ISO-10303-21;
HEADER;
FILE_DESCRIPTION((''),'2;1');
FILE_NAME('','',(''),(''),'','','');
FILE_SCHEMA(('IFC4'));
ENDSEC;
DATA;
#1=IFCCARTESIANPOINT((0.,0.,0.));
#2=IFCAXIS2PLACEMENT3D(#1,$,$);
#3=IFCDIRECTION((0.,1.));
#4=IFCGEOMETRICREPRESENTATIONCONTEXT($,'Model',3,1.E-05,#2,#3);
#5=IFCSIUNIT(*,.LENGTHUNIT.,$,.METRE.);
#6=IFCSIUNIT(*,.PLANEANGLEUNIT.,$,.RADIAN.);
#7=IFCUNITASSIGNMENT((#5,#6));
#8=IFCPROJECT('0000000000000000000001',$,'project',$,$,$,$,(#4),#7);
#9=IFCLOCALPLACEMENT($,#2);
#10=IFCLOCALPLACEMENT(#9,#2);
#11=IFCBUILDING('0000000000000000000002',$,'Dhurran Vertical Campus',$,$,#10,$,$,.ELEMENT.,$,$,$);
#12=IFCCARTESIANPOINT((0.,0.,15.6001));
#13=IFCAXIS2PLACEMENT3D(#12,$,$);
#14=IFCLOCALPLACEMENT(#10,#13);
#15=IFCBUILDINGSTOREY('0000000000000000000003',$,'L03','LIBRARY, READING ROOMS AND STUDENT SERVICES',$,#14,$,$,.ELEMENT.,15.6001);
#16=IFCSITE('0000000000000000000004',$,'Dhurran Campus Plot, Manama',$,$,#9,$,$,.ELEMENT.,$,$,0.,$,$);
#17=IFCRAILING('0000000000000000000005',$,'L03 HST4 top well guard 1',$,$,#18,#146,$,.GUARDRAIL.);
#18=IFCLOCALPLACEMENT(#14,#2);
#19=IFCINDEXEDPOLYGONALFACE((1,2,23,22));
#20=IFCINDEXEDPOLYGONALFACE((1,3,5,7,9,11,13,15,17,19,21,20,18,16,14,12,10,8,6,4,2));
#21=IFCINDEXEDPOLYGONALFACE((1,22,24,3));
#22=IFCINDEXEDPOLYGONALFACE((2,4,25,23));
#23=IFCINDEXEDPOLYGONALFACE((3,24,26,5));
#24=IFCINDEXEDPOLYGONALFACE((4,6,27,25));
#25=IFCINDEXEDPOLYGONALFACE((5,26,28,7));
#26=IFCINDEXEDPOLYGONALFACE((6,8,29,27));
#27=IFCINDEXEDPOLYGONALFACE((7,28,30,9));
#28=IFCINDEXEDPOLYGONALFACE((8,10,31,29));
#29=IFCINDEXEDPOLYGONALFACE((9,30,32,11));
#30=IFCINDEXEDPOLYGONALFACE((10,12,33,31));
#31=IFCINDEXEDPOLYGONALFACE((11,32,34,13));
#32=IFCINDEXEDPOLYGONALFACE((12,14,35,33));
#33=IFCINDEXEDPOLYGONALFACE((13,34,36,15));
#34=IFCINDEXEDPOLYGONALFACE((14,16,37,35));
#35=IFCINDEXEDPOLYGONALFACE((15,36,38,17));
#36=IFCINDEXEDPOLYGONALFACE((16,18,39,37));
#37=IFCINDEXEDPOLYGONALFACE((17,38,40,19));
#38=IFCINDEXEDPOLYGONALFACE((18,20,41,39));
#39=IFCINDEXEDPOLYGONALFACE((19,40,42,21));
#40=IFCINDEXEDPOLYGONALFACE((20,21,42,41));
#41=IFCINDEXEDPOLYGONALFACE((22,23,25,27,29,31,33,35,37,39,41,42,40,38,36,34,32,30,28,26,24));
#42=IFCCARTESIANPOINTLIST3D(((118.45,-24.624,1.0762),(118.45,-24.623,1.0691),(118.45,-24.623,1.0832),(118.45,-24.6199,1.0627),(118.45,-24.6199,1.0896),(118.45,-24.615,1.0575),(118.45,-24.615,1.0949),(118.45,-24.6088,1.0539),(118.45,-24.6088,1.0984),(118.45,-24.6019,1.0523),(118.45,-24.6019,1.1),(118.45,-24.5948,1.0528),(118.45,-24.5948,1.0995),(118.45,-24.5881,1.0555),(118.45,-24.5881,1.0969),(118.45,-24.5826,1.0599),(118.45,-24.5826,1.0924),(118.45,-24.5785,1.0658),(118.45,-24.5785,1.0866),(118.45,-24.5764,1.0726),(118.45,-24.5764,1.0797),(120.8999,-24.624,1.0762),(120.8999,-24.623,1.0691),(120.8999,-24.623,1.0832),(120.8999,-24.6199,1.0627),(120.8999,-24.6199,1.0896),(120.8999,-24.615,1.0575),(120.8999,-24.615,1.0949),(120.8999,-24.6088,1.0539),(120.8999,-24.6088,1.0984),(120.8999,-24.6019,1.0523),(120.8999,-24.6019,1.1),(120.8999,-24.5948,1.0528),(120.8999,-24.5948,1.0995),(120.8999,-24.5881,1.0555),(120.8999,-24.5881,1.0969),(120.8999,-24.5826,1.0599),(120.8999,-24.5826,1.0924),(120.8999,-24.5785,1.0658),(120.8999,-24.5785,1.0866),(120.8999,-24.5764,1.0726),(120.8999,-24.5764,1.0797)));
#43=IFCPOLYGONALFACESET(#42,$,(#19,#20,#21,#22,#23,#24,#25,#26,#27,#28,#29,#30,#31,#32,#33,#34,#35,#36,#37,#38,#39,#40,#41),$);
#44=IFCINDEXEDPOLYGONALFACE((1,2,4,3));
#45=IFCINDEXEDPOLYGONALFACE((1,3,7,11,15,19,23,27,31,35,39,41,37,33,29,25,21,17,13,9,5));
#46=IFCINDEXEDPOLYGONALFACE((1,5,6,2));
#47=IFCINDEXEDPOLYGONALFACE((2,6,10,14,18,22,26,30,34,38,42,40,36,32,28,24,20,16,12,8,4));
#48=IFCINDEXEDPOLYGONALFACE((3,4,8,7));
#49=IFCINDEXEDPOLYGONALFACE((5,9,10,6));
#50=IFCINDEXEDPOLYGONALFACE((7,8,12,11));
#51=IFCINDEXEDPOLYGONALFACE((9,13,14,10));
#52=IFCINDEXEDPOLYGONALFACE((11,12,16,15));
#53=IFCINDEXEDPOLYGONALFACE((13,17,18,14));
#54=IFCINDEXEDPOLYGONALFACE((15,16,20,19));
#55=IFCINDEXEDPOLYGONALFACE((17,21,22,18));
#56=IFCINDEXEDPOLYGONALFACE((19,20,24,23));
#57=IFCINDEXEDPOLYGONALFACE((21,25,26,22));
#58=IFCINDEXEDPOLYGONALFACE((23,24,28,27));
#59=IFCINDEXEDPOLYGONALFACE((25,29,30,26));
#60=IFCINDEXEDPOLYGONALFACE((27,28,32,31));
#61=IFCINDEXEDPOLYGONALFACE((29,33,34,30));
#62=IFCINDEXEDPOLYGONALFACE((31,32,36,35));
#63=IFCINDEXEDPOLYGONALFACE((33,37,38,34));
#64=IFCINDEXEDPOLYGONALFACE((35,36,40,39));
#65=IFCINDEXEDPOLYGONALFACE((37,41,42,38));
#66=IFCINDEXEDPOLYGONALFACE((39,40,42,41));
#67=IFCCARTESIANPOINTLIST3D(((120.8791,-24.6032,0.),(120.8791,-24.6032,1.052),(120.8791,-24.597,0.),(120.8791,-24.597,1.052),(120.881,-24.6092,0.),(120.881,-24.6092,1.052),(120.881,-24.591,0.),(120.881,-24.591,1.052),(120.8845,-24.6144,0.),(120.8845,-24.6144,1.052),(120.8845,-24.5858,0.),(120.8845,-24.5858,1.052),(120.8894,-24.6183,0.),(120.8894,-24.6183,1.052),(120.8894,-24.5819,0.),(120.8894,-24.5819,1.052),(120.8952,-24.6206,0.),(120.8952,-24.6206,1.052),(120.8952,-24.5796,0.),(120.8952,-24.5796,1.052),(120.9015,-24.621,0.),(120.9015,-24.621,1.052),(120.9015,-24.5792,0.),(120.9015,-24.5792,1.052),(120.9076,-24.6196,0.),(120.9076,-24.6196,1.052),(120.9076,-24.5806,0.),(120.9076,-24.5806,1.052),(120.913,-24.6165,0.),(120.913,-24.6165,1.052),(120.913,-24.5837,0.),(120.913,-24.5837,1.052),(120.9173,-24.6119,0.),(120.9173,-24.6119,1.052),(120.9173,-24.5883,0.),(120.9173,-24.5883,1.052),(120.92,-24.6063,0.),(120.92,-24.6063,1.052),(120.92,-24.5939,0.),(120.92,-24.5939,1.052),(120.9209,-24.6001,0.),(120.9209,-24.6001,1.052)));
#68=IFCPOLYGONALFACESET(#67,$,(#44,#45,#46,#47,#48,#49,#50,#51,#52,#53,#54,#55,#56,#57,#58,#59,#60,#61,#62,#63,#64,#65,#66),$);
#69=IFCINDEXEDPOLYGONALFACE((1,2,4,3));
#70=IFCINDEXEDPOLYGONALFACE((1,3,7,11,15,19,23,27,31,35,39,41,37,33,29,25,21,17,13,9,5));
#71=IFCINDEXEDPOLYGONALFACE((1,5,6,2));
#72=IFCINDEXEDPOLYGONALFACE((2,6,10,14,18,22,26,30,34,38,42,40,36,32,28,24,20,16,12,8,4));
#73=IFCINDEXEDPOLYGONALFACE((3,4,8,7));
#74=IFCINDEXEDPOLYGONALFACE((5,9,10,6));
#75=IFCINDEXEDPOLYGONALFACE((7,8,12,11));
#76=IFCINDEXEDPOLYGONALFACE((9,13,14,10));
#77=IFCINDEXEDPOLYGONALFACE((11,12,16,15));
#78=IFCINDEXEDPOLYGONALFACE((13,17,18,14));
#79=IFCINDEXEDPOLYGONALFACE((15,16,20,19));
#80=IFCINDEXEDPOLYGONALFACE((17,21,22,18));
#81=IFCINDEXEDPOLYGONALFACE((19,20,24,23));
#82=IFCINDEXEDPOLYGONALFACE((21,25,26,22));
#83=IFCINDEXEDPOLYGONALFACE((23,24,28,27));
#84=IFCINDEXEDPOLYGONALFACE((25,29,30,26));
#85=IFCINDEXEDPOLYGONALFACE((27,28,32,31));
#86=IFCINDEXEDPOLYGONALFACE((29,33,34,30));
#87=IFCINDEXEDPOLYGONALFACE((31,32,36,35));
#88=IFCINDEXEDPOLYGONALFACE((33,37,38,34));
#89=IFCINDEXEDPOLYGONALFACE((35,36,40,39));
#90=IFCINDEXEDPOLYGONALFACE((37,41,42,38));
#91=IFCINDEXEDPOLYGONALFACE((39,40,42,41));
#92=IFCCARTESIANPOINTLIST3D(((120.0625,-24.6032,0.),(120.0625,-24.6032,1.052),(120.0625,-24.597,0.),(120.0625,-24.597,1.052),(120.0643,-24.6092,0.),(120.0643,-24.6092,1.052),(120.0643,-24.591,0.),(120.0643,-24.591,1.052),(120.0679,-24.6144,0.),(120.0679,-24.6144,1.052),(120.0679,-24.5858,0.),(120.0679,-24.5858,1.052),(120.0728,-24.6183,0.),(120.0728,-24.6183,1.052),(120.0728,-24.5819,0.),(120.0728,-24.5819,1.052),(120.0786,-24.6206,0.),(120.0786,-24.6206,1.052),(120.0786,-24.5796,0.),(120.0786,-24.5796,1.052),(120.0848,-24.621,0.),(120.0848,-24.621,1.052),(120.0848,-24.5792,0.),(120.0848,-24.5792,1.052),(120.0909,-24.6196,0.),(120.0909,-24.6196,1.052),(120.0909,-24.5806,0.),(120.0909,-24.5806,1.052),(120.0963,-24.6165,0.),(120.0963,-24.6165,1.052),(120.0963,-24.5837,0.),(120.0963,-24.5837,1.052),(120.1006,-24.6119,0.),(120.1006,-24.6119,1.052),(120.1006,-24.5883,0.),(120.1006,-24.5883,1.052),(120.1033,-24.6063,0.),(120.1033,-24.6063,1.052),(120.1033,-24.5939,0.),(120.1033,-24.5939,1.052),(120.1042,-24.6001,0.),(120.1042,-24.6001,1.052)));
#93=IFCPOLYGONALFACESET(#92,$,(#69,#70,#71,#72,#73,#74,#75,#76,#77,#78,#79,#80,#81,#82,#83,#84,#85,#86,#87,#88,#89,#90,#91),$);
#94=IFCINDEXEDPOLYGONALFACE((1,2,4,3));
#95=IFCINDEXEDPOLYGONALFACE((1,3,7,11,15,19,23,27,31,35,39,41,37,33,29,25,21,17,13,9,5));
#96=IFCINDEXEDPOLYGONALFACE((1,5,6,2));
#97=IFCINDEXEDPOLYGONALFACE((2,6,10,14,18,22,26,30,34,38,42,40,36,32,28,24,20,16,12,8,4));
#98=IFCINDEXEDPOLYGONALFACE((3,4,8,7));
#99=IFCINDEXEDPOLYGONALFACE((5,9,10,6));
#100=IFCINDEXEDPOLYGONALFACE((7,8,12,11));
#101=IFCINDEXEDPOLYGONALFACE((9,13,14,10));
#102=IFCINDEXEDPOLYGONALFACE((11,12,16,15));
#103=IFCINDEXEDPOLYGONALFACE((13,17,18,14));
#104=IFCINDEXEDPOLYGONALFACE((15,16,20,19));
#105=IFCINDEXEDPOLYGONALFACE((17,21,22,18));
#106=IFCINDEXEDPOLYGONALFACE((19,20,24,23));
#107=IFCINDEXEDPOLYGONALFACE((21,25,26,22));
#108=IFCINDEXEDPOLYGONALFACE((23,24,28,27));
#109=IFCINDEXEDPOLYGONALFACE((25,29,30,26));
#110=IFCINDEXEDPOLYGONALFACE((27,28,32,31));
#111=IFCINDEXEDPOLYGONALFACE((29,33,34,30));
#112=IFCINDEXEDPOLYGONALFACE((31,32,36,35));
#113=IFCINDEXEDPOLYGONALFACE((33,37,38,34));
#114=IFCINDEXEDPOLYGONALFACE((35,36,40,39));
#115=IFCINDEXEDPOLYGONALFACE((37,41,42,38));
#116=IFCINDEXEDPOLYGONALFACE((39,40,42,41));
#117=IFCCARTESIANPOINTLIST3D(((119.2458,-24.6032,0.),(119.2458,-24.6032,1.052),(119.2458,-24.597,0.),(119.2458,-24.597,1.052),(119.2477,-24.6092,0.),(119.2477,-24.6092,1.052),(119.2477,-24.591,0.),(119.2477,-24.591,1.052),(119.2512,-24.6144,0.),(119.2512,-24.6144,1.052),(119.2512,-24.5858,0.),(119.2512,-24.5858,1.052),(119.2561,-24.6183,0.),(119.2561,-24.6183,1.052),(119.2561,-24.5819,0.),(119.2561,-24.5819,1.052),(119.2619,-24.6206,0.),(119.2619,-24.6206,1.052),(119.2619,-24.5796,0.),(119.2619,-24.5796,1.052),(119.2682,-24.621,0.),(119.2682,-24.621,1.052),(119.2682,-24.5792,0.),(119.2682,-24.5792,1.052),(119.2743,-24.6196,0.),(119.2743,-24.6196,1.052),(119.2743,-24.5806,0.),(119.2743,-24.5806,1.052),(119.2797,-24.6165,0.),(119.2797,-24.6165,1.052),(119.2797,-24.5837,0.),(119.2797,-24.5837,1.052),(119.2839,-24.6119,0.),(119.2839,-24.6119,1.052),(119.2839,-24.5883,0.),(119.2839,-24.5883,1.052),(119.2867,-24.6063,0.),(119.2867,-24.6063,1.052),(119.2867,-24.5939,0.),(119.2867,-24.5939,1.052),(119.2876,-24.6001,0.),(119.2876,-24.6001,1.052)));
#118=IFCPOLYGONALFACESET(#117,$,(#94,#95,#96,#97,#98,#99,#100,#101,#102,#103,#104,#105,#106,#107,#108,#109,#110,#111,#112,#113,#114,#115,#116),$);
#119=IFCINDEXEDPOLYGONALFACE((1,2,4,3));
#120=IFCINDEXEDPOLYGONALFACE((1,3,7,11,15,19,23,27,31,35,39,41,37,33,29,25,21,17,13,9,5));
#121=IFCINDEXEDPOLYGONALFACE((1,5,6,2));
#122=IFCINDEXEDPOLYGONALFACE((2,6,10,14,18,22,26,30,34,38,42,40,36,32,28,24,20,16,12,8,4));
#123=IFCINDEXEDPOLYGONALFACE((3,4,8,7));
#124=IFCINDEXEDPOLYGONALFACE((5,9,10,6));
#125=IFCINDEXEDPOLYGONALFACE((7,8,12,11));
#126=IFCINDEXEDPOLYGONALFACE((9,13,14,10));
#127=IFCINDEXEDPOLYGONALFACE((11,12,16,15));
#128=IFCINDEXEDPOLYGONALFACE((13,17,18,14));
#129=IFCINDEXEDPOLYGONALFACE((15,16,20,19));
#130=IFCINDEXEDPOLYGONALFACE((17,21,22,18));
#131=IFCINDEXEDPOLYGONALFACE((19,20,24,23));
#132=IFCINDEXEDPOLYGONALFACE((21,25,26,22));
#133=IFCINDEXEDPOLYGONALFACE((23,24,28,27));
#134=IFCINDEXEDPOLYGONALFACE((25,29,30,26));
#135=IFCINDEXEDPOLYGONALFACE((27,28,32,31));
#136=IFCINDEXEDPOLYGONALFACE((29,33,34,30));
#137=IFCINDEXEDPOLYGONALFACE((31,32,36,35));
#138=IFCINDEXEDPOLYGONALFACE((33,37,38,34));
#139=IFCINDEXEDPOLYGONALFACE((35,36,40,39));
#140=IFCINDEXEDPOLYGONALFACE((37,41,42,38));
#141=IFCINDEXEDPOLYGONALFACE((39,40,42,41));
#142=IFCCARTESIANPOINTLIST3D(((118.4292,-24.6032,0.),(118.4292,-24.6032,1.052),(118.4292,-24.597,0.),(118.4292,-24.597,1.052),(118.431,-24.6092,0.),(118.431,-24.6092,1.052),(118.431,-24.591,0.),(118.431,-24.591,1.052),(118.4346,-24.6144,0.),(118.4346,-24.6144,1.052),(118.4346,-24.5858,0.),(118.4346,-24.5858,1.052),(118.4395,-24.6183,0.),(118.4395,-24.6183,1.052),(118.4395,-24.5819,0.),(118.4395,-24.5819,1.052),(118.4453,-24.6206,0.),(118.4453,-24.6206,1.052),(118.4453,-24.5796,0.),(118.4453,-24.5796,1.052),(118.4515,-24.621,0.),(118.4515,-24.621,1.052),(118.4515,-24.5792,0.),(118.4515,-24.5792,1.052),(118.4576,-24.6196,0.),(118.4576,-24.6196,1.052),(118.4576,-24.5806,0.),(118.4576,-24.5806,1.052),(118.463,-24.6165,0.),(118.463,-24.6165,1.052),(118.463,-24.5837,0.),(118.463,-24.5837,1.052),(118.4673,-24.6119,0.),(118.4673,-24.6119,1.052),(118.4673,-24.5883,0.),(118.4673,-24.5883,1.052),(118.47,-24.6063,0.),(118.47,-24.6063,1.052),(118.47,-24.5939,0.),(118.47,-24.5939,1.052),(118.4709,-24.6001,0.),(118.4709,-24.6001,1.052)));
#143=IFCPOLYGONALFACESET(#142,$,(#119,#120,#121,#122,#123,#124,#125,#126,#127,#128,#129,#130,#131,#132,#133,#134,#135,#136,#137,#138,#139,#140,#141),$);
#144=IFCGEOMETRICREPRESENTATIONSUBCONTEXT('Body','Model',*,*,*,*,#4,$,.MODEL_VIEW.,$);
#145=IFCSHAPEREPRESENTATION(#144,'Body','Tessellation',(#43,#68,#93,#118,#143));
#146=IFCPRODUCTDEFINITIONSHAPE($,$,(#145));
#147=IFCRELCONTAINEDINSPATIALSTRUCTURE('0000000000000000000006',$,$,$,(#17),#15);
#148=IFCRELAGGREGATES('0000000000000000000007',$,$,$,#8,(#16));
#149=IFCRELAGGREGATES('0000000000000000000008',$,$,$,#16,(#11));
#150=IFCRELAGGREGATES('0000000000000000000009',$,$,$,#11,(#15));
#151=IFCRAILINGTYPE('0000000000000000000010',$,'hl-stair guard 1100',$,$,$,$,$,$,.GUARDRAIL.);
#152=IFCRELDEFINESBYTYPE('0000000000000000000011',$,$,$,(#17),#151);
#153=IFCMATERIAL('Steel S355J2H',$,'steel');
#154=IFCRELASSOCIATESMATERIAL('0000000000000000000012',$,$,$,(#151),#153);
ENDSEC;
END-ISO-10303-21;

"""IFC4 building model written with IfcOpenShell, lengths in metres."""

from ifc_helpers import new_model, si_unit, direction, frame, origin, origin_2d, place, context, subcontext, project, spatial, circle, extrude, material, type_object, element, save


model = new_model("IFC4")

# Units and contexts
model_context = context("Model", 3, precision=1e-05, world=origin(), true_north=direction((0.0, 1.0)))
body_context = subcontext(model_context, "Body", "Model", "MODEL_VIEW")
ifc_project = project(units=[si_unit("LENGTHUNIT", "METRE"), si_unit("PLANEANGLEUNIT", "RADIAN")], contexts=[model_context])

# Site, building, storey
site_placement = place(None, origin())
site = spatial("IfcSite", under=ifc_project, at=site_placement, Name="Dhurran Campus Plot, Manama", CompositionType="ELEMENT", RefElevation=0.0)
building_placement = place(site_placement, origin())
building = spatial("IfcBuilding", under=site, at=building_placement, Name="Dhurran Vertical Campus", CompositionType="ELEMENT")
storey_placement = place(building_placement, frame((0.0, 0.0, 15.6001)))
storey = spatial("IfcBuildingStorey", under=building, at=storey_placement, Name="L03", Description="LIBRARY, READING ROOMS AND STUDENT SERVICES", CompositionType="ELEMENT", Elevation=15.6001)

# Railing
ifc_material_1 = material(Name="Steel S355J2H", Category="steel")
railing_type = type_object("IfcRailingType", Name="hl-stair guard 1100", PredefinedType="GUARDRAIL", material=ifc_material_1)
railing_placement = place(storey_placement, frame((120.8999, -24.6001, 0.0)))
element("IfcRailing", 1, at=railing_placement, inside=storey, type_object=railing_type, Name="L03 HST4 top well guard 1", PredefinedType="GUARDRAIL", context=body_context, shape_type="SweptSolid", body=[
    extrude(circle(Radius=0.0239, at=origin_2d()), frame((0.0, 0.0, 1.0762), z_axis=(-1.0, 0.0, 0.0), x_axis=(0.0, -1.0, 0.0)), (0.0, 0.0, 1.0), 2.45),
    extrude(circle(Radius=0.021, at=origin_2d()), origin(), (0.0, 0.0, 1.0), 1.052),
    extrude(circle(Radius=0.021, at=origin_2d()), frame((-0.8167, 0.0, 0.0)), (0.0, 0.0, 1.0), 1.052),
    extrude(circle(Radius=0.021, at=origin_2d()), frame((-1.6333, 0.0, 0.0)), (0.0, 0.0, 1.0), 1.052),
    extrude(circle(Radius=0.021, at=origin_2d()), frame((-2.45, 0.0, 0.0)), (0.0, 0.0, 1.0), 1.052),
])

save(model, "model.ifc")
